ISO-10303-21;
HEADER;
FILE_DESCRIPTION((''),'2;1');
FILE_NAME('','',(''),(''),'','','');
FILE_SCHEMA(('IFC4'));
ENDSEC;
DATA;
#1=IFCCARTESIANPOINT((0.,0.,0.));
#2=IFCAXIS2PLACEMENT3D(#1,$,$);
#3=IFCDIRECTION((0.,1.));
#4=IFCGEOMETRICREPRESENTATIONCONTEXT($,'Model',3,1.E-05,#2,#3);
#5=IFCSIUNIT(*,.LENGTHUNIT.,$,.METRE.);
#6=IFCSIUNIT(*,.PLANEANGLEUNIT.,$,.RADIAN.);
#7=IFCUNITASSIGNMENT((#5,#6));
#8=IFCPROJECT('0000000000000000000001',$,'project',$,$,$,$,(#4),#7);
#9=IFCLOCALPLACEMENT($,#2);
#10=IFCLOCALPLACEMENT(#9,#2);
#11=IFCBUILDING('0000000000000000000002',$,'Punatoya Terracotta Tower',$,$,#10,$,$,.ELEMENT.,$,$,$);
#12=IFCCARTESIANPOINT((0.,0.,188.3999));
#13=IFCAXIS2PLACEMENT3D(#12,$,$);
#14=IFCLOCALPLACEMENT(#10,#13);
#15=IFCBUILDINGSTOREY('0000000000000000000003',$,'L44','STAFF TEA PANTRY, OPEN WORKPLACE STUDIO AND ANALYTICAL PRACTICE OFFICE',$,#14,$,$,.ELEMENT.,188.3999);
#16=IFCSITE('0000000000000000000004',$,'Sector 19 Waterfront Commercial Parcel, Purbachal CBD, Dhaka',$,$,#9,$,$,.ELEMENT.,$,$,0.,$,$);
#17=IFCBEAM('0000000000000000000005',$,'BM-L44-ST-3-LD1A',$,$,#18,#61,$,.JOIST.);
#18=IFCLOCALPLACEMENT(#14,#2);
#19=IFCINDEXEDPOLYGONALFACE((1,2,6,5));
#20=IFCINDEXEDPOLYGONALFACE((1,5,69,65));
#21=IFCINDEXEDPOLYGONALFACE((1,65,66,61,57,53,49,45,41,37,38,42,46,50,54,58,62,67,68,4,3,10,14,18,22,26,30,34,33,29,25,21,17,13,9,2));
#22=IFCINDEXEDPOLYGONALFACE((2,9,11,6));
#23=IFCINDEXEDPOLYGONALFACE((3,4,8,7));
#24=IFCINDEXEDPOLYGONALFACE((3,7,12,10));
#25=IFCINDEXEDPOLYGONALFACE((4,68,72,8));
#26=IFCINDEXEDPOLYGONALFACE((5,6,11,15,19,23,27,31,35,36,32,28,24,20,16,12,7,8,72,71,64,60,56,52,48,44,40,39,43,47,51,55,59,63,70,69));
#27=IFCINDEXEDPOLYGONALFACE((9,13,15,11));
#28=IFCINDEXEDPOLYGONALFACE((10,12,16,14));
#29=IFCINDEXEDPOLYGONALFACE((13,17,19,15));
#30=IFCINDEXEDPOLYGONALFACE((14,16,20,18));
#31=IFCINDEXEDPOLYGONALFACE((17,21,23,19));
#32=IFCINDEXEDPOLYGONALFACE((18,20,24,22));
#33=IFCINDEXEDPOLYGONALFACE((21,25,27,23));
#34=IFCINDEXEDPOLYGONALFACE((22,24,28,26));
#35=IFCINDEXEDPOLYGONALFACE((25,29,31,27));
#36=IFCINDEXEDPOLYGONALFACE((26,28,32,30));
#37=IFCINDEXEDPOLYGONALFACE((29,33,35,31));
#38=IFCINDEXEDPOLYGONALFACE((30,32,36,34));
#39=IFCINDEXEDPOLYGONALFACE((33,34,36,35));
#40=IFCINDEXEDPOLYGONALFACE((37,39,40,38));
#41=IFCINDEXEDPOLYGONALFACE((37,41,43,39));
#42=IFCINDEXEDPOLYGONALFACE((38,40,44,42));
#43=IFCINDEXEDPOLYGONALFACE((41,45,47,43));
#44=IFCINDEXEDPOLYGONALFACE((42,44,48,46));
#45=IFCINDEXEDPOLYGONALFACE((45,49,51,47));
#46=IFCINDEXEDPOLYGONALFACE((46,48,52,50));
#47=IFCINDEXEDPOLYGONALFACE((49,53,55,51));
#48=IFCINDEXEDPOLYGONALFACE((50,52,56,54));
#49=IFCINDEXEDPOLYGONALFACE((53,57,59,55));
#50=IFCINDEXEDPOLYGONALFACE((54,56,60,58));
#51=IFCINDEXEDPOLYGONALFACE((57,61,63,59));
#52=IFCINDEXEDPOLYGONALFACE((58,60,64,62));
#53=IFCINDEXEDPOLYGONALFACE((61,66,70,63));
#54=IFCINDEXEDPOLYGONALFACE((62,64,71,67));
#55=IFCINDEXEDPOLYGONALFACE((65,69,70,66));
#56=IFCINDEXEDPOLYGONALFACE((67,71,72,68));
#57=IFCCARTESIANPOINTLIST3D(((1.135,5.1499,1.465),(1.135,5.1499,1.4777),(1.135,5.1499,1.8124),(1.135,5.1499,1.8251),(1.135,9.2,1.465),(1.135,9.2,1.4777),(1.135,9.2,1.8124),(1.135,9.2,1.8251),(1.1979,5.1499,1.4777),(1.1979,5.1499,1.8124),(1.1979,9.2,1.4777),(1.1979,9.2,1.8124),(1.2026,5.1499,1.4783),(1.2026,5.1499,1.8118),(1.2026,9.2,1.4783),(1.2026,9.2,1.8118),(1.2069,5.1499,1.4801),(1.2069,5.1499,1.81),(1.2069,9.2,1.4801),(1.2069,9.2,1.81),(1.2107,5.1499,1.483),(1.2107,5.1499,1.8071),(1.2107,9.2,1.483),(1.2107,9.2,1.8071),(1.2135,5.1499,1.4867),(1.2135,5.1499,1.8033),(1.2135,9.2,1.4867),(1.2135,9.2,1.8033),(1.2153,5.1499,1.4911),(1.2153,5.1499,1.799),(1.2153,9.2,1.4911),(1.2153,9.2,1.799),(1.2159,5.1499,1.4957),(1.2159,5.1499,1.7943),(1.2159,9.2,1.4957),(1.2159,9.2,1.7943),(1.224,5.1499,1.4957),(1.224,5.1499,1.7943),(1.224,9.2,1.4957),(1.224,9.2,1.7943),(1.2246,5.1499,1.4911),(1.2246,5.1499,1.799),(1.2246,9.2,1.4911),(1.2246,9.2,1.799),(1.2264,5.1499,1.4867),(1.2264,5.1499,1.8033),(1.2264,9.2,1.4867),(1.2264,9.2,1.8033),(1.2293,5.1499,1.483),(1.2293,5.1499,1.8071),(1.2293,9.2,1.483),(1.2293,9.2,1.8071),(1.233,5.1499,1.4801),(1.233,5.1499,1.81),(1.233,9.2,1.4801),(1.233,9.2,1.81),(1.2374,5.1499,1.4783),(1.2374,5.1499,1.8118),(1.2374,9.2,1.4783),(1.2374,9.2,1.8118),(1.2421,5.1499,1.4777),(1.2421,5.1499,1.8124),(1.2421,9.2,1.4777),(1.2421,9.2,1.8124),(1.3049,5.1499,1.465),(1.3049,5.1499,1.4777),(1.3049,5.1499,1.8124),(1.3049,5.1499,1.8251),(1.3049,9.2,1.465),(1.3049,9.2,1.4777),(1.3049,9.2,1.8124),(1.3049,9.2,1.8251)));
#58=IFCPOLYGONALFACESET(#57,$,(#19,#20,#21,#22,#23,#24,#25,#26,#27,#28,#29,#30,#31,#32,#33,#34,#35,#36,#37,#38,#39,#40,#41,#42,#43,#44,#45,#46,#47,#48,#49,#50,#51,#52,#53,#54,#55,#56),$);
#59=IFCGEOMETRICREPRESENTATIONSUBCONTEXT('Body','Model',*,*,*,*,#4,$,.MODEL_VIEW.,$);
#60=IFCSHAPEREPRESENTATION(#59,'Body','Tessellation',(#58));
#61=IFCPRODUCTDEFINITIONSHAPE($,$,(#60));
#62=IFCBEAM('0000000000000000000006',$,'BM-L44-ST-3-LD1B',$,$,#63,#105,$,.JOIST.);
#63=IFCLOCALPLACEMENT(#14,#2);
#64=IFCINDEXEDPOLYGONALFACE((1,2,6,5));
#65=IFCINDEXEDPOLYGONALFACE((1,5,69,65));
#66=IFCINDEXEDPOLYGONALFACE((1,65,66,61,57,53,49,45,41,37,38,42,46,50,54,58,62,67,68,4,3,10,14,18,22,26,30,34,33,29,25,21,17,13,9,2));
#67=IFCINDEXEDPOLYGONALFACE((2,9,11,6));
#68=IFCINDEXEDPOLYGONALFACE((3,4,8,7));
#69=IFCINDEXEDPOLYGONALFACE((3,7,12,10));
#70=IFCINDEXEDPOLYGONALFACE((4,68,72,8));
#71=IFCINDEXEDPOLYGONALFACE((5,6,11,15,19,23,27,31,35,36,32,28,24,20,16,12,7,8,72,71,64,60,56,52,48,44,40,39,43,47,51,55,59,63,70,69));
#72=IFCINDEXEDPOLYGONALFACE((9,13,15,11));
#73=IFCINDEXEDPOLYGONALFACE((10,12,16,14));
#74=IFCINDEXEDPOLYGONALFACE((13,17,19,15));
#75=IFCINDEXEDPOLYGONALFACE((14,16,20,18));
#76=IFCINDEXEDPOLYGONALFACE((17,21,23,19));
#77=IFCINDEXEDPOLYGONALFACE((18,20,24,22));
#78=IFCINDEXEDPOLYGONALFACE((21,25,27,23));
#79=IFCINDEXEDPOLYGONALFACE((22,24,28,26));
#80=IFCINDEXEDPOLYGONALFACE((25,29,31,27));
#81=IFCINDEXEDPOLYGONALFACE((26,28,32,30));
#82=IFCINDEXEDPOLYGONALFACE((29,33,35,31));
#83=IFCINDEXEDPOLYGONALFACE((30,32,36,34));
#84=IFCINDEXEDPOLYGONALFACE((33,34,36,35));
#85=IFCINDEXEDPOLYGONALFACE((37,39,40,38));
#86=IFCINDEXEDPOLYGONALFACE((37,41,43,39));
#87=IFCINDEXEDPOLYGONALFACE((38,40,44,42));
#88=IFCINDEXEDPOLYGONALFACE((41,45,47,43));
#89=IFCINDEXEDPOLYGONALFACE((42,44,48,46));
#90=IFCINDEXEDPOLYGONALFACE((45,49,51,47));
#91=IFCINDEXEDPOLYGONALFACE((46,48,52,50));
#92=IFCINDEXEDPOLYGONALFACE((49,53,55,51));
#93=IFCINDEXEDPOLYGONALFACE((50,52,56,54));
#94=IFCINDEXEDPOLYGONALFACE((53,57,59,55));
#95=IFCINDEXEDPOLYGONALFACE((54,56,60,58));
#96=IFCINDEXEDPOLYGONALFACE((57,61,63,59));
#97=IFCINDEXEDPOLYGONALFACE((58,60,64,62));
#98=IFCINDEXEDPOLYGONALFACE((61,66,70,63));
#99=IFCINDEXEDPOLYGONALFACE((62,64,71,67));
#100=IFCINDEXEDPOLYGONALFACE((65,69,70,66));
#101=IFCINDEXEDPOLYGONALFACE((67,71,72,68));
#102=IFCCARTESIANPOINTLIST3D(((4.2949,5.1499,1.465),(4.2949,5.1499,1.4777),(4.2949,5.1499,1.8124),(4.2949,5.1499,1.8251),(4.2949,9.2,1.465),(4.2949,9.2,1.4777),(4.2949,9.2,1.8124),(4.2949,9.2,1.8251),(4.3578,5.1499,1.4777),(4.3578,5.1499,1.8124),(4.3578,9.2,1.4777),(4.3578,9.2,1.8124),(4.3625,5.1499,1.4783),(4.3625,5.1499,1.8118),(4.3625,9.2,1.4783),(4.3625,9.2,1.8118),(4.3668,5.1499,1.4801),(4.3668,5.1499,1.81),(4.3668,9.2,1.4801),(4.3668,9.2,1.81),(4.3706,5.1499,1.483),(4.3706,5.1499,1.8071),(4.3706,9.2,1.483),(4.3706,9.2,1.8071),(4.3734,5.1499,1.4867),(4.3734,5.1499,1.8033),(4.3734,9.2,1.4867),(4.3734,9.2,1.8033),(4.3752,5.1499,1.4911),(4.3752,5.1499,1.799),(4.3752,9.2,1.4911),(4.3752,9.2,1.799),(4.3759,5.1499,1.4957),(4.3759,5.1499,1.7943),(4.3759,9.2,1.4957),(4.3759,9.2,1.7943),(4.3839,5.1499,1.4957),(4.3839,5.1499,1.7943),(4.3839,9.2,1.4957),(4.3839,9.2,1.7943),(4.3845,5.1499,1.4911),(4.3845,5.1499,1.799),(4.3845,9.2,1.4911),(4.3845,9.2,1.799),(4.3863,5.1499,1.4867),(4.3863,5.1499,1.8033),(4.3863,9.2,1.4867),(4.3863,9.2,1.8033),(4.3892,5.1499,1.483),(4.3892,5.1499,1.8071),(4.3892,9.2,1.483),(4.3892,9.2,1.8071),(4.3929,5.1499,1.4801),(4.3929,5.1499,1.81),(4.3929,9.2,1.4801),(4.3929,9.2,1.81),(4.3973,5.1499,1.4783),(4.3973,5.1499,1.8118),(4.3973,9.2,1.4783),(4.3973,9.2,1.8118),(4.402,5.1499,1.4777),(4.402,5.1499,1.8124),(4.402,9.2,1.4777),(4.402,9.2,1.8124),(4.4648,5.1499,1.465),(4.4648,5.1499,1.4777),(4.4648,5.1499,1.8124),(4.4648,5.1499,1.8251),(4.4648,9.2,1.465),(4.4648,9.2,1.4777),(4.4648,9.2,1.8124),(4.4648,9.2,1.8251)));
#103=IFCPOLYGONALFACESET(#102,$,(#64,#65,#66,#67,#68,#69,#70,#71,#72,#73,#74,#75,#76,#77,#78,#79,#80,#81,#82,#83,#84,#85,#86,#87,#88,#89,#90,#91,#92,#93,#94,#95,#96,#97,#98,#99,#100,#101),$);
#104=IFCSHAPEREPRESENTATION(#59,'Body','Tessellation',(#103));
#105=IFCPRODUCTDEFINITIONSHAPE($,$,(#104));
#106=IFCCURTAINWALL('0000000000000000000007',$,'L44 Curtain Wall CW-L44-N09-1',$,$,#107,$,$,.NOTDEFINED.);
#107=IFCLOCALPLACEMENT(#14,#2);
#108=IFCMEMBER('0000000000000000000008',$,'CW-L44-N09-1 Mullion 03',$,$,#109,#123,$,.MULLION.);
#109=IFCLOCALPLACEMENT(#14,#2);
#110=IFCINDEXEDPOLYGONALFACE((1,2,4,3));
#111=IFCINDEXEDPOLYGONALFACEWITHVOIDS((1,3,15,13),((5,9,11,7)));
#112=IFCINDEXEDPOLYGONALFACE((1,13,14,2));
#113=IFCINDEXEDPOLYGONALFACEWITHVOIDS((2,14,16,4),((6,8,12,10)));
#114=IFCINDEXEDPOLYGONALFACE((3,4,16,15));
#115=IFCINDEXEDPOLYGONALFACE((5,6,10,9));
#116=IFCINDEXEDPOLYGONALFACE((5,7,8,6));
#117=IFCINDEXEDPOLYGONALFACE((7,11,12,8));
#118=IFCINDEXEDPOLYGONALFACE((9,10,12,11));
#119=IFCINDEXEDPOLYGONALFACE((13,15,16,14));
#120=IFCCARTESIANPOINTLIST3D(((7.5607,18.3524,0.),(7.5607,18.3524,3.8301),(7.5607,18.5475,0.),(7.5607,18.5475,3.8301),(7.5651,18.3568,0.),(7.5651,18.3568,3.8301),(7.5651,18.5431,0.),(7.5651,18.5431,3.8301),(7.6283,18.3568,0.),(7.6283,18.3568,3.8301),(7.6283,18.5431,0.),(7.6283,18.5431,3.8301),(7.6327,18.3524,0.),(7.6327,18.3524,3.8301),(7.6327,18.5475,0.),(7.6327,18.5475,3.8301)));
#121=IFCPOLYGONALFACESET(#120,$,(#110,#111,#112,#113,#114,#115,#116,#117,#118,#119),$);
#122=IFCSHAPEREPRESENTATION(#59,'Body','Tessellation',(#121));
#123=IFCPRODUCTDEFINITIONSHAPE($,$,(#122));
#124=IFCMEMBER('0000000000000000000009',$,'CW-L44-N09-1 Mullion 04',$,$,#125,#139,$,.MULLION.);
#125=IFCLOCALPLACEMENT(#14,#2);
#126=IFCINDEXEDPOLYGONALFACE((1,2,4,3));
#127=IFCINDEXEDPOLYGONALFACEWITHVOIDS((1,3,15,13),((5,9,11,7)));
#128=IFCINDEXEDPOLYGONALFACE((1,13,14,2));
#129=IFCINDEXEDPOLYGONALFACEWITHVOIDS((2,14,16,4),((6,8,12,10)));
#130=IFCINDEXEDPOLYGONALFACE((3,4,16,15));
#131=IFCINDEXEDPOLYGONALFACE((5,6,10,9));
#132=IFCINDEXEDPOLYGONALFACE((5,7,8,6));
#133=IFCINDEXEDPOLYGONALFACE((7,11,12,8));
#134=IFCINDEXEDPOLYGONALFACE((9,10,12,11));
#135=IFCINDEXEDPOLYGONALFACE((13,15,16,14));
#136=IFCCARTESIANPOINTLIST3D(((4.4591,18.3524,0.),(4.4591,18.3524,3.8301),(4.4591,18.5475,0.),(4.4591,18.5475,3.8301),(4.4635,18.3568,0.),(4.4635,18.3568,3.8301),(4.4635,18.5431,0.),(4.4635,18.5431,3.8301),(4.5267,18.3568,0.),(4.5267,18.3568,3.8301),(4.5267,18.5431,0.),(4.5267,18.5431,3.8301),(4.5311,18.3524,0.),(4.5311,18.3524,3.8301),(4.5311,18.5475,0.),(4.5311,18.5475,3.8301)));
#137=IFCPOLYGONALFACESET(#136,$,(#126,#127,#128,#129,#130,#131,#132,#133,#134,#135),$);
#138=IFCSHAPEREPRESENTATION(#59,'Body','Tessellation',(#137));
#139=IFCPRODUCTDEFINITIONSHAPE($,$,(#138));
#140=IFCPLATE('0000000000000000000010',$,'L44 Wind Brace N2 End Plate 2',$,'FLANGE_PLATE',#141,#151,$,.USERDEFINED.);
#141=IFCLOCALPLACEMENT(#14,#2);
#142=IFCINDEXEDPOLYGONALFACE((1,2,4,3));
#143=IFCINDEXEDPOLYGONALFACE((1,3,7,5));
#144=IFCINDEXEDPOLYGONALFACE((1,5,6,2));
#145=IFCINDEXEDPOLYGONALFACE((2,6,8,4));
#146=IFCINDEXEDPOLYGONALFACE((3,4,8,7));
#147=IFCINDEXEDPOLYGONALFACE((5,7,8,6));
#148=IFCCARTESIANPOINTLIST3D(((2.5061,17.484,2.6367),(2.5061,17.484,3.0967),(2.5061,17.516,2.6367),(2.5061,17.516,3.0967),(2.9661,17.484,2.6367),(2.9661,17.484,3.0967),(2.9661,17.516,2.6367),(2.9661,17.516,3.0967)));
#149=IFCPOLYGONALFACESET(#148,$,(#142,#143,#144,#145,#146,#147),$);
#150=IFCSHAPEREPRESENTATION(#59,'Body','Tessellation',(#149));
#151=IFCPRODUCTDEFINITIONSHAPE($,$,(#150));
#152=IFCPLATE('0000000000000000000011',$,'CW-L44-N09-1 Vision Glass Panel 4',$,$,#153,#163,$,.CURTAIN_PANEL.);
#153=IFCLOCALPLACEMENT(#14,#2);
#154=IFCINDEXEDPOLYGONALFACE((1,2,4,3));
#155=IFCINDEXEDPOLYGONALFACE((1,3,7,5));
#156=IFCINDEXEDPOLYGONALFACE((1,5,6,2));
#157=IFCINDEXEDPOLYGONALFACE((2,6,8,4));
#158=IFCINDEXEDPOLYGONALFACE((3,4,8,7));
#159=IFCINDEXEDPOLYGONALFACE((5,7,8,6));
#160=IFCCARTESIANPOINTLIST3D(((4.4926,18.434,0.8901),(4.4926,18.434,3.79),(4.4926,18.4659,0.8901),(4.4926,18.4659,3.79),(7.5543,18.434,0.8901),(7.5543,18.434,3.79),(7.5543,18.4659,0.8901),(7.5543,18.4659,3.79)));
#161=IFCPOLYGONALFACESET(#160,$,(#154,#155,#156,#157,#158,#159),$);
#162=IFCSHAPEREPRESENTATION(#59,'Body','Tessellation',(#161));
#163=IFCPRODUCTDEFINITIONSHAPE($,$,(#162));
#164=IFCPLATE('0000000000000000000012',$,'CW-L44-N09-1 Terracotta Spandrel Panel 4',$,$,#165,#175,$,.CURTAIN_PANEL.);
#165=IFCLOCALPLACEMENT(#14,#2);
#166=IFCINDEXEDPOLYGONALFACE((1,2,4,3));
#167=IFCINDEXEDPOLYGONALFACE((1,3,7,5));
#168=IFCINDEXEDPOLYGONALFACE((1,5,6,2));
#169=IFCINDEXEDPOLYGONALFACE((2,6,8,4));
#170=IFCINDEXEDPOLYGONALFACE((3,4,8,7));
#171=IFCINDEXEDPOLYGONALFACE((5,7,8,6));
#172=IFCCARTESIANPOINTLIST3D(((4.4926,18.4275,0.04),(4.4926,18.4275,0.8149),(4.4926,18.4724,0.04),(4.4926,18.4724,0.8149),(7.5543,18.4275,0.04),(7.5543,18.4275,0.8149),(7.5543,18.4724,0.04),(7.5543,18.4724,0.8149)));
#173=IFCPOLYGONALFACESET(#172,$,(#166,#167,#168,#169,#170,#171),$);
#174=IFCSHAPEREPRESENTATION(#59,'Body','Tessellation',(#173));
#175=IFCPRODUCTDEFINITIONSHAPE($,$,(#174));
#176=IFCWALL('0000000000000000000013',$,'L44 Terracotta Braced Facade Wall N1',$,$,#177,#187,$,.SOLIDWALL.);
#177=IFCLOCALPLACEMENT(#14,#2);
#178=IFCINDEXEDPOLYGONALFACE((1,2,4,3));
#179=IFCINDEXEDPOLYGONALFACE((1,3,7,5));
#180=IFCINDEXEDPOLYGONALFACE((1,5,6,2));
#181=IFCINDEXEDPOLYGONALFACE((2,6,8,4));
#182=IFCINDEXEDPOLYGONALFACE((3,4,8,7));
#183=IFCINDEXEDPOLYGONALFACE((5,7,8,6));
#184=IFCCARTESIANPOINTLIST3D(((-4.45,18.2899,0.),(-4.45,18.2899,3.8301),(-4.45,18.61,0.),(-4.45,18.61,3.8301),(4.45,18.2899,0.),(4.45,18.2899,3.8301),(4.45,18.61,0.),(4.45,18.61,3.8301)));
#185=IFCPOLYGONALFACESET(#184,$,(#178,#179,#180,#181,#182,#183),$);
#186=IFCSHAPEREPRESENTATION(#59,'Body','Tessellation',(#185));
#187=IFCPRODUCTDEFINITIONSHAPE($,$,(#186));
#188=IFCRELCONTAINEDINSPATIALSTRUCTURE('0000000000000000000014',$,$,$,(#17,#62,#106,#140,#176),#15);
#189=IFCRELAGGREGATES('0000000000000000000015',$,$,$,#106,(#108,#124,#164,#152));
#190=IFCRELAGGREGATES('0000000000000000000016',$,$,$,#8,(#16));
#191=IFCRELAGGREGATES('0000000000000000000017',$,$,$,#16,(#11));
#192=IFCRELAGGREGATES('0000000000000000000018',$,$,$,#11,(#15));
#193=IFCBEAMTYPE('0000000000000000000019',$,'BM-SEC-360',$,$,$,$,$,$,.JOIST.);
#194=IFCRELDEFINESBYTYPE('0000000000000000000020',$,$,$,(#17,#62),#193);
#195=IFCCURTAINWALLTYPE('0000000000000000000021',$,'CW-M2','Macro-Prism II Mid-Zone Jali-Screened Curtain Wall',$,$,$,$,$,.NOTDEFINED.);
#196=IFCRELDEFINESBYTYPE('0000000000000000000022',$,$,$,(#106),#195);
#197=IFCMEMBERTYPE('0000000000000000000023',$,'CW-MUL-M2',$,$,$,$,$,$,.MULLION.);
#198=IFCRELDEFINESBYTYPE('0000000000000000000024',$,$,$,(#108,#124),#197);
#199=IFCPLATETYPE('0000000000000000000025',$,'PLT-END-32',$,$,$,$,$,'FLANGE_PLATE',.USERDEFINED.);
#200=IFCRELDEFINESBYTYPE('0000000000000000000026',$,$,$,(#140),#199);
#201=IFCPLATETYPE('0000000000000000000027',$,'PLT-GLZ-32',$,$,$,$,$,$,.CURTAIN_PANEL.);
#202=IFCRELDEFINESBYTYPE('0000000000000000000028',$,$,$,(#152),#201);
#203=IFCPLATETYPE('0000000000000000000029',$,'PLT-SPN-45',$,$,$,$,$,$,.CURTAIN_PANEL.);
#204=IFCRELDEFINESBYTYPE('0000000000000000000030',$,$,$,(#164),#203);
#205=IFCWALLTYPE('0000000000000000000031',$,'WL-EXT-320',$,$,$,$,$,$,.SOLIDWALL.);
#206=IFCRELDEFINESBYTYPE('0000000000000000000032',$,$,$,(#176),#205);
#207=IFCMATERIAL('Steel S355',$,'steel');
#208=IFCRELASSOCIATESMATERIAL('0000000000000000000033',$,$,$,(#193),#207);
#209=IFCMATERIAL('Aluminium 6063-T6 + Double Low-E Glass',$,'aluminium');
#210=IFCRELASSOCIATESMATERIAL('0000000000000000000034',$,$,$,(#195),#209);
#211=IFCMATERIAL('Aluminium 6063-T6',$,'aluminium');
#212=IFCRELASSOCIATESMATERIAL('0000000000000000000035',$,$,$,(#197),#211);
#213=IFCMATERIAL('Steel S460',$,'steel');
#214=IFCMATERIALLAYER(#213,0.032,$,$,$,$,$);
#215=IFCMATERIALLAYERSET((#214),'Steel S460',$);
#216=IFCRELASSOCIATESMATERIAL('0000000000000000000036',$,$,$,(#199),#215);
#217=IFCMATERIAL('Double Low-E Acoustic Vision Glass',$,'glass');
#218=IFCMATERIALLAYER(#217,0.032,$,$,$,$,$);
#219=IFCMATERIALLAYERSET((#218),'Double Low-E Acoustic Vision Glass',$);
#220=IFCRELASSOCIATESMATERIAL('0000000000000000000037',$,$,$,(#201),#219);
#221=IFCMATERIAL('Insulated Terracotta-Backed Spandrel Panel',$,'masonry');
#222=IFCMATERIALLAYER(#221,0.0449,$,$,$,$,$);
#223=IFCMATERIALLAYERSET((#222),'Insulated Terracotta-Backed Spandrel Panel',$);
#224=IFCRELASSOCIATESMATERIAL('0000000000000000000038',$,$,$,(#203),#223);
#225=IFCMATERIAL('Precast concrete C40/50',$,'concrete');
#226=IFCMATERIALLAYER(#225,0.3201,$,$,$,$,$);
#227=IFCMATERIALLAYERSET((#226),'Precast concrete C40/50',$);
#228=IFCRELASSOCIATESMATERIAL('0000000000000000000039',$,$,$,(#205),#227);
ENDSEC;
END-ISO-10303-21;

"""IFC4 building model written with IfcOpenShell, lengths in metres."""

from ifc_helpers import new_model, si_unit, direction, frame, frame_2d, origin, origin_2d, place, context, subcontext, project, spatial, rectangle, hollow_rectangle, i_section, extrude, material, layer, layer_set, material_profile, profile_set, type_object, element, aggregate, save


model = new_model("IFC4")

# Units and contexts
model_context = context("Model", 3, precision=1e-05, world=origin(), true_north=direction((0.0, 1.0)))
body_context = subcontext(model_context, "Body", "Model", "MODEL_VIEW")
ifc_project = project(units=[si_unit("LENGTHUNIT", "METRE"), si_unit("PLANEANGLEUNIT", "RADIAN")], contexts=[model_context])

# Site, building, storey
site_placement = place(None, origin())
site = spatial("IfcSite", under=ifc_project, at=site_placement, Name="Sector 19 Waterfront Commercial Parcel, Purbachal CBD, Dhaka", CompositionType="ELEMENT", RefElevation=0.0)
building_placement = place(site_placement, origin())
building = spatial("IfcBuilding", under=site, at=building_placement, Name="Punatoya Terracotta Tower", CompositionType="ELEMENT")
storey_placement = place(building_placement, frame((0.0, 0.0, 188.3999)))
storey = spatial("IfcBuildingStorey", under=building, at=storey_placement, Name="L44", Description="STAFF TEA PANTRY, OPEN WORKPLACE STUDIO AND ANALYTICAL PRACTICE OFFICE", CompositionType="ELEMENT", Elevation=188.3999)

# Shared definitions
ifc_material_1 = material(Name="Steel S460", Category="steel")

# Beams
ifc_material_2 = material(Name="Steel S355", Category="steel")
ifc_material_profile_1 = material_profile(ifc_material_2, i_section(OverallWidth=0.1699, OverallDepth=0.3601, WebThickness=0.0081, FlangeThickness=0.0127, FilletRadius=0.0181, at=origin_2d()))
ifc_profile_set_1 = profile_set([ifc_material_profile_1], Name="Steel S355")
beam_type_1 = type_object("IfcBeamType", Name="BM-SEC-360", PredefinedType="JOIST", material=ifc_profile_set_1)
for number, where, z_axis, x_axis, name in (
    (1, (1.22, 5.1499, 1.645), (0.0, 1.0, 0.0), (-1.0, 0.0, 0.0), "BM-L44-ST-3-LD1A"),
    (2, (4.3799, 5.1499, 1.645), (0.0, 1.0, 0.0), (-1.0, 0.0, 0.0), "BM-L44-ST-3-LD1B"),
):
    element("IfcBeam", number, at=place(storey_placement, frame(where, z_axis=z_axis, x_axis=x_axis)), inside=storey, type_object=beam_type_1, Name=name, PredefinedType="JOIST", context=body_context, shape_type="SweptSolid", body=[
        extrude(i_section(OverallWidth=0.1699, OverallDepth=0.3601, WebThickness=0.0081, FlangeThickness=0.0127, FilletRadius=0.0181, at=origin_2d()), origin(), (0.0, 0.0, 1.0), 4.05),
    ])

# Curtain wall, members
ifc_material_3 = material(Name="Aluminium 6063-T6 + Double Low-E Glass", Category="aluminium")
curtain_wall_type = type_object("IfcCurtainWallType", Name="CW-M2", Description="Macro-Prism II Mid-Zone Jali-Screened Curtain Wall", PredefinedType="NOTDEFINED", material=ifc_material_3)
curtain_wall_placement = place(storey_placement, origin())
curtain_wall = element("IfcCurtainWall", 3, at=curtain_wall_placement, inside=storey, type_object=curtain_wall_type, Name="L44 Curtain Wall CW-L44-N09-1", PredefinedType="NOTDEFINED")
ifc_material_4 = material(Name="Aluminium 6063-T6", Category="aluminium")
ifc_material_profile_2 = material_profile(ifc_material_4, hollow_rectangle(XDim=0.072, YDim=0.1951, WallThickness=0.0044, at=origin_2d()))
ifc_profile_set_2 = profile_set([ifc_material_profile_2], Name="Aluminium 6063-T6")
member_type = type_object("IfcMemberType", Name="CW-MUL-M2", PredefinedType="MULLION", material=ifc_profile_set_2)
member_1_placement = place(storey_placement, frame((7.5967, 18.45, 0.0), z_axis=(0.0, 0.0, 1.0), x_axis=(1.0, 0.0, 0.0)))
member_1 = element("IfcMember", 4, at=member_1_placement, type_object=member_type, Name="CW-L44-N09-1 Mullion 03", PredefinedType="MULLION", context=body_context, shape_type="SweptSolid", body=[
    extrude(hollow_rectangle(XDim=0.072, YDim=0.1951, WallThickness=0.0044, at=origin_2d()), origin(), (0.0, 0.0, 1.0), 3.8301),
])
member_2_placement = place(storey_placement, frame((4.4951, 18.45, 0.0), z_axis=(0.0, 0.0, 1.0), x_axis=(1.0, 0.0, 0.0)))
member_2 = element("IfcMember", 5, at=member_2_placement, type_object=member_type, Name="CW-L44-N09-1 Mullion 04", PredefinedType="MULLION", context=body_context, shape_type="SweptSolid", body=[
    extrude(hollow_rectangle(XDim=0.072, YDim=0.1951, WallThickness=0.0044, at=origin_2d()), origin(), (0.0, 0.0, 1.0), 3.8301),
])

# Plates
ifc_layer_1 = layer(ifc_material_1, 0.032)
ifc_layer_set_1 = layer_set([ifc_layer_1], Name="Steel S460")
plate_type_1 = type_object("IfcPlateType", Name="PLT-END-32", ElementType="FLANGE_PLATE", PredefinedType="USERDEFINED", material=ifc_layer_set_1)
plate_1_placement = place(storey_placement, frame((2.7361, 17.5, 2.6367), z_axis=(0.0, 0.0, 1.0), x_axis=(1.0, 0.0, 0.0)))
element("IfcPlate", 6, at=plate_1_placement, inside=storey, type_object=plate_type_1, Name="L44 Wind Brace N2 End Plate 2", ObjectType="FLANGE_PLATE", PredefinedType="USERDEFINED", context=body_context, shape_type="SweptSolid", body=[
    extrude(rectangle(XDim=0.46, YDim=0.032, at=origin_2d()), origin(), (0.0, 0.0, 1.0), 0.46),
])
ifc_material_5 = material(Name="Double Low-E Acoustic Vision Glass", Category="glass")
ifc_layer_2 = layer(ifc_material_5, 0.032)
ifc_layer_set_2 = layer_set([ifc_layer_2], Name="Double Low-E Acoustic Vision Glass")
plate_type_2 = type_object("IfcPlateType", Name="PLT-GLZ-32", PredefinedType="CURTAIN_PANEL", material=ifc_layer_set_2)
plate_2_placement = place(storey_placement, frame((6.0234, 18.45, 0.8901), z_axis=(0.0, 0.0, 1.0), x_axis=(-1.0, 0.0, 0.0)))
plate_2 = element("IfcPlate", 7, at=plate_2_placement, type_object=plate_type_2, Name="CW-L44-N09-1 Vision Glass Panel 4", PredefinedType="CURTAIN_PANEL", context=body_context, shape_type="SweptSolid", body=[
    extrude(rectangle(XDim=3.0618, YDim=0.032, at=origin_2d()), origin(), (0.0, 0.0, 1.0), 2.8999),
])
ifc_material_6 = material(Name="Insulated Terracotta-Backed Spandrel Panel", Category="masonry")
ifc_layer_3 = layer(ifc_material_6, 0.0449)
ifc_layer_set_3 = layer_set([ifc_layer_3], Name="Insulated Terracotta-Backed Spandrel Panel")
plate_type_3 = type_object("IfcPlateType", Name="PLT-SPN-45", PredefinedType="CURTAIN_PANEL", material=ifc_layer_set_3)
plate_3_placement = place(storey_placement, frame((6.0234, 18.45, 0.04), z_axis=(0.0, 0.0, 1.0), x_axis=(-1.0, 0.0, 0.0)))
plate_3 = element("IfcPlate", 8, at=plate_3_placement, type_object=plate_type_3, Name="CW-L44-N09-1 Terracotta Spandrel Panel 4", PredefinedType="CURTAIN_PANEL", context=body_context, shape_type="SweptSolid", body=[
    extrude(rectangle(XDim=3.0618, YDim=0.0449, at=origin_2d()), origin(), (0.0, 0.0, 1.0), 0.7749),
])
aggregate(curtain_wall, [member_1, member_2, plate_3, plate_2])

# Wall
ifc_material_7 = material(Name="Precast concrete C40/50", Category="concrete")
ifc_layer_4 = layer(ifc_material_7, 0.3201)
ifc_layer_set_4 = layer_set([ifc_layer_4], Name="Precast concrete C40/50")
wall_type_1 = type_object("IfcWallType", Name="WL-EXT-320", PredefinedType="SOLIDWALL", material=ifc_layer_set_4)
wall_1_placement = place(storey_placement, frame((4.45, 18.45, 0.0), z_axis=(0.0, 0.0, 1.0), x_axis=(-1.0, 0.0, 0.0)))
element("IfcWall", 9, at=wall_1_placement, inside=storey, type_object=wall_type_1, Name="L44 Terracotta Braced Facade Wall N1", PredefinedType="SOLIDWALL", context=body_context, shape_type="SweptSolid", body=[
    extrude(rectangle(XDim=8.8999, YDim=0.3201, at=frame_2d((4.45, 0.0))), origin(), (0.0, 0.0, 1.0), 3.8301),
])

save(model, "model.ifc")
